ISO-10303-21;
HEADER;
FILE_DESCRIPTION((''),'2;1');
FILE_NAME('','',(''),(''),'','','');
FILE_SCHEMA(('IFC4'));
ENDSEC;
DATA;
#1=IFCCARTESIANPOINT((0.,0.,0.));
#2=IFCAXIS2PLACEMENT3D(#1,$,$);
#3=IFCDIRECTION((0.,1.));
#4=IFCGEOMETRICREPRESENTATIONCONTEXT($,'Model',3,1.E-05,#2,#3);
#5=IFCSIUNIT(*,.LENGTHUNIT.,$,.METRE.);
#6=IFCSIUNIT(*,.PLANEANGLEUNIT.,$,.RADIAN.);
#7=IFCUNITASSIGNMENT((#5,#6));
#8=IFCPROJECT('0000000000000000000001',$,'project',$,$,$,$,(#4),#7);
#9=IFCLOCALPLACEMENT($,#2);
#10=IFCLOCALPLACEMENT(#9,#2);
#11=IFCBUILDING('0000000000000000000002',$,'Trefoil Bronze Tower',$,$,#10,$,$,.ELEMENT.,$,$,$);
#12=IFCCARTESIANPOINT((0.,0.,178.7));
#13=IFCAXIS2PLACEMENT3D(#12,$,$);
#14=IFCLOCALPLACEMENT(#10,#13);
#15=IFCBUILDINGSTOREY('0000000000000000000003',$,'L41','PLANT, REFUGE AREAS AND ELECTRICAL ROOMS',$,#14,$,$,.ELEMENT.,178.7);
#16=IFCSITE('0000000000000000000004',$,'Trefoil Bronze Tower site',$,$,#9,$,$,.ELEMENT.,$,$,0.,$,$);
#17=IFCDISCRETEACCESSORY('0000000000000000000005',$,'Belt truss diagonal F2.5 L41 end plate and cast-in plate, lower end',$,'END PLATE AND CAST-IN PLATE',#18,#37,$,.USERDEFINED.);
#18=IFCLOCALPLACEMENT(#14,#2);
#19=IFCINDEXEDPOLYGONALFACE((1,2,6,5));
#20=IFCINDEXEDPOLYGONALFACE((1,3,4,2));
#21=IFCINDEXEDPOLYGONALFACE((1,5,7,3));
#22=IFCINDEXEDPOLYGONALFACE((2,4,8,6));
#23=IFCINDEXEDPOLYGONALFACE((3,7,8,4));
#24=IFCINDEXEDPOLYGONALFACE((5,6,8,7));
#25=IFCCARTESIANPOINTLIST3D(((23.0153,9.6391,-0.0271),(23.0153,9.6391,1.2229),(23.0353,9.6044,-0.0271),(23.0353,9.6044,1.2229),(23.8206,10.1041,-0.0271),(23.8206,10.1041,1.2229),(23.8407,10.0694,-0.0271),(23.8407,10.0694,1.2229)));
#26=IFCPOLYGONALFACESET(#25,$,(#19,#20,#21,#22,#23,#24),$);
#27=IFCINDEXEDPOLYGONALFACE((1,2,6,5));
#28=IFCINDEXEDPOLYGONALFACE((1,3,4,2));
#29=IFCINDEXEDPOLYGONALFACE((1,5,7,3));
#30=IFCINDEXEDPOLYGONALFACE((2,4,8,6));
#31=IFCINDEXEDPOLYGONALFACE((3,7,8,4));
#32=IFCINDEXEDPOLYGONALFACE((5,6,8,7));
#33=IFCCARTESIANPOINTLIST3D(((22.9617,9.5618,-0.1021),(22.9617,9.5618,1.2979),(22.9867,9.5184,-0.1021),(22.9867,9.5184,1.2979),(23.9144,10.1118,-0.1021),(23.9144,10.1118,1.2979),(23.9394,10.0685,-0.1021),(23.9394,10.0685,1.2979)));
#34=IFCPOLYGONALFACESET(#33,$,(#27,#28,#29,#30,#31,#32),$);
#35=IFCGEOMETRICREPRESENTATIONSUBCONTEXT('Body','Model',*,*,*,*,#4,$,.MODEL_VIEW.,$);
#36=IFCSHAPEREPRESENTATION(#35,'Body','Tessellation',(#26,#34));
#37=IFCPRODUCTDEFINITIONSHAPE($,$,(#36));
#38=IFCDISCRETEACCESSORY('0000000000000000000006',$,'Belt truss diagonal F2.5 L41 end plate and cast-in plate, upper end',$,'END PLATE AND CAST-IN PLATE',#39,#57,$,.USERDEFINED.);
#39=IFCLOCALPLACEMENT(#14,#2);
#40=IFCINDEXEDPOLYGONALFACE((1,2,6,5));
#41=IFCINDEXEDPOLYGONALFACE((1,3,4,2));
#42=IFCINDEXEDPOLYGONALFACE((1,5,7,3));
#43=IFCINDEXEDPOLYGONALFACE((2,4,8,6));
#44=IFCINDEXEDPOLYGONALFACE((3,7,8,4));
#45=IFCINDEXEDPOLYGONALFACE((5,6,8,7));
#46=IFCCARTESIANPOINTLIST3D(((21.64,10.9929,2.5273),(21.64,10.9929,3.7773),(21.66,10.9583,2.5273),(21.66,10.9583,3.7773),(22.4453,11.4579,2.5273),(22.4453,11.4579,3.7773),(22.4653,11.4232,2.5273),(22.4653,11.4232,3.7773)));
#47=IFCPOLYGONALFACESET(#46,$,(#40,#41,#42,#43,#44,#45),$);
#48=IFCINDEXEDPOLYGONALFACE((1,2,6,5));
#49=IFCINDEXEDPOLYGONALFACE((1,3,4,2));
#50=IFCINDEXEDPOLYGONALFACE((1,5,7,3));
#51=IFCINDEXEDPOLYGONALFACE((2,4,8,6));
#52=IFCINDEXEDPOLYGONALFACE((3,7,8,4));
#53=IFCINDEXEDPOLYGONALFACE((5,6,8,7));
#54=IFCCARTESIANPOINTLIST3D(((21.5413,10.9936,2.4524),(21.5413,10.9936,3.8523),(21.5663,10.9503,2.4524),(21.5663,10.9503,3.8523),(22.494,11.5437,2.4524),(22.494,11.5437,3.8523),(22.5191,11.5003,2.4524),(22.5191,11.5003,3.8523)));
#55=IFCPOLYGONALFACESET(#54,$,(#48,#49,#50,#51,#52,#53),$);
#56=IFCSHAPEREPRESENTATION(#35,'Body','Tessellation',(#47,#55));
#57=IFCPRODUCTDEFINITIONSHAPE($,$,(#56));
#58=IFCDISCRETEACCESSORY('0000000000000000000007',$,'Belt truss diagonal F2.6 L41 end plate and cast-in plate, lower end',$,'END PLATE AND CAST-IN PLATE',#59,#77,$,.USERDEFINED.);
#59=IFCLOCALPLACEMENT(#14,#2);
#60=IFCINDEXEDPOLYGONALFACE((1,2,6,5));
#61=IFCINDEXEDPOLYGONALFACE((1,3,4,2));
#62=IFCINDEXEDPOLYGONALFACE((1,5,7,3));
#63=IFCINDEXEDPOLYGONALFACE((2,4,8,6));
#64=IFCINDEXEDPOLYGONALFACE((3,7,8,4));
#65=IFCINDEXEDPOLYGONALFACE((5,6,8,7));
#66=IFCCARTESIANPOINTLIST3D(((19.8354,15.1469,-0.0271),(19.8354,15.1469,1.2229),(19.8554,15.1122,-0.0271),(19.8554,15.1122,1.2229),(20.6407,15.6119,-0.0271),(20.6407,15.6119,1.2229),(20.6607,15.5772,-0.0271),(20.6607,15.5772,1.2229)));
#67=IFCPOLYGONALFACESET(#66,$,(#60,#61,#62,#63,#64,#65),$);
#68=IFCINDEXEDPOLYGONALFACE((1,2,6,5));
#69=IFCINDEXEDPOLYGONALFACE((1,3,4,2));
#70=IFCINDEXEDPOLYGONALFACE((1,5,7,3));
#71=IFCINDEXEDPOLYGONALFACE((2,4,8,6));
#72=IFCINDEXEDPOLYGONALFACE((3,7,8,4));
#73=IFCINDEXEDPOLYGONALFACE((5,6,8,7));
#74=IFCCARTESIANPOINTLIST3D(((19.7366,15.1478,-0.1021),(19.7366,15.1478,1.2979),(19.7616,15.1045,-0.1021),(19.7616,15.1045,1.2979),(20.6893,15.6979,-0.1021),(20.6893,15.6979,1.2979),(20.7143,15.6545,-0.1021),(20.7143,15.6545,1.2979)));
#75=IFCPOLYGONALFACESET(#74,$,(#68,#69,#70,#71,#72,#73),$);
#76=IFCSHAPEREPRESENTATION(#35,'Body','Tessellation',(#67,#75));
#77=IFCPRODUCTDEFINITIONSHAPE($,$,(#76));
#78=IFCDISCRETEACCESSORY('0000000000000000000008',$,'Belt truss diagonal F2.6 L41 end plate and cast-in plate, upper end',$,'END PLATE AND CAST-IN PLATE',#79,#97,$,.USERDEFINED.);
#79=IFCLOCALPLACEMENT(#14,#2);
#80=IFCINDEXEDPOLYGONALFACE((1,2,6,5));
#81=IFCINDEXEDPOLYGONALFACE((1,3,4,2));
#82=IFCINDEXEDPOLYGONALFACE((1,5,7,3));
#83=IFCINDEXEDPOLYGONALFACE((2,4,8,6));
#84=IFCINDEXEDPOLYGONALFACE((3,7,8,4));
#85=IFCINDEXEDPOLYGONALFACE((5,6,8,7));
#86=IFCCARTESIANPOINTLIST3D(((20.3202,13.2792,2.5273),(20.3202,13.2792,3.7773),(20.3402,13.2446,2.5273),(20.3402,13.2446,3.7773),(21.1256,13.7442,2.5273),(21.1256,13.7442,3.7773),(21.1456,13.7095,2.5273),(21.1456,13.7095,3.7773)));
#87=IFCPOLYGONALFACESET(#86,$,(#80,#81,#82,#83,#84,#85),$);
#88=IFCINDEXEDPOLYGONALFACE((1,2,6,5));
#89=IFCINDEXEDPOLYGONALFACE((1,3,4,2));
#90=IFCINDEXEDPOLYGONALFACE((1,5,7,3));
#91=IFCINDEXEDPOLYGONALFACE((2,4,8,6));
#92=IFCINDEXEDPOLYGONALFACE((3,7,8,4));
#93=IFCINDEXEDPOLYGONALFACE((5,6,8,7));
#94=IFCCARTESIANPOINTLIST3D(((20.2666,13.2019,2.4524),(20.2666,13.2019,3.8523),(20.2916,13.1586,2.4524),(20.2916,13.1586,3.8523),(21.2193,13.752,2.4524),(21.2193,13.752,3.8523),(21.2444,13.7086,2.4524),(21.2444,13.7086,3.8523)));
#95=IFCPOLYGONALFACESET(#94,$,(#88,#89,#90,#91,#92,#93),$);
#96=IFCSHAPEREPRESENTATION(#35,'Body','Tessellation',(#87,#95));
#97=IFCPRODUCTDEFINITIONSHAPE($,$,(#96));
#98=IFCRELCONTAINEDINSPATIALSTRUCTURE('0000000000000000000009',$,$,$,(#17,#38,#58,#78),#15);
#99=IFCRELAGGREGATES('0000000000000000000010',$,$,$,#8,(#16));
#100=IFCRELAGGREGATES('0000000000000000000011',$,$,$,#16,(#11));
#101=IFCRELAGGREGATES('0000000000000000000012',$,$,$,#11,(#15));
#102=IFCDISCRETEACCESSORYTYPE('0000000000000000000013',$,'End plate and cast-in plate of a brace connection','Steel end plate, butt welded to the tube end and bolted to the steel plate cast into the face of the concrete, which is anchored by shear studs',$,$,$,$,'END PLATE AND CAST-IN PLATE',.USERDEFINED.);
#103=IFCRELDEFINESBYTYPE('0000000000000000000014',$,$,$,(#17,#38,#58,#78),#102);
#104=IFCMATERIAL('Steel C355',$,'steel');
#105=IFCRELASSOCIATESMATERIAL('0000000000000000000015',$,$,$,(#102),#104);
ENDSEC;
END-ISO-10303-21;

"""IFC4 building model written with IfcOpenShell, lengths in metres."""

from ifc_helpers import new_model, si_unit, direction, frame, origin, origin_2d, place, context, subcontext, project, spatial, rectangle, extrude, material, type_object, element, save


model = new_model("IFC4")

# Units and contexts
model_context = context("Model", 3, precision=1e-05, world=origin(), true_north=direction((0.0, 1.0)))
body_context = subcontext(model_context, "Body", "Model", "MODEL_VIEW")
ifc_project = project(units=[si_unit("LENGTHUNIT", "METRE"), si_unit("PLANEANGLEUNIT", "RADIAN")], contexts=[model_context])

# Site, building, storey
site_placement = place(None, origin())
site = spatial("IfcSite", under=ifc_project, at=site_placement, Name="Trefoil Bronze Tower site", CompositionType="ELEMENT", RefElevation=0.0)
building_placement = place(site_placement, origin())
building = spatial("IfcBuilding", under=site, at=building_placement, Name="Trefoil Bronze Tower", CompositionType="ELEMENT")
storey_placement = place(building_placement, frame((0.0, 0.0, 178.7)))
storey = spatial("IfcBuildingStorey", under=building, at=storey_placement, Name="L41", Description="PLANT, REFUGE AREAS AND ELECTRICAL ROOMS", CompositionType="ELEMENT", Elevation=178.7)

# Discrete accessories
ifc_material_1 = material(Name="Steel C355", Category="steel")
discrete_accessory_type = type_object("IfcDiscreteAccessoryType", Name="End plate and cast-in plate of a brace connection", Description="Steel end plate, butt welded to the tube end and bolted to the steel plate cast into the face of the concrete, which is anchored by shear studs", ElementType="END PLATE AND CAST-IN PLATE", PredefinedType="USERDEFINED", material=ifc_material_1)
discrete_accessory_1_placement = place(storey_placement, frame((23.438, 9.8369, 0.5979), z_axis=(0.0, 0.0, 1.0), x_axis=(-0.5, 0.866025, 0.0)))
element("IfcDiscreteAccessory", 1, at=discrete_accessory_1_placement, inside=storey, type_object=discrete_accessory_type, Name="Belt truss diagonal F2.5 L41 end plate and cast-in plate, lower end", ObjectType="END PLATE AND CAST-IN PLATE", PredefinedType="USERDEFINED", context=body_context, shape_type="SweptSolid", body=[
    extrude(rectangle(XDim=0.04, YDim=0.9299, at=origin_2d()), frame((0.02, 0.0, -0.625)), (0.0, 0.0, 1.0), 1.25),
    extrude(rectangle(XDim=0.05, YDim=1.1001, at=origin_2d()), frame((-0.0251, 0.0, -0.7)), (0.0, 0.0, 1.0), 1.3999),
])
discrete_accessory_2_placement = place(storey_placement, frame((22.043, 11.2253, 3.1523), z_axis=(0.0, 0.0, 1.0), x_axis=(0.5, -0.866025, 0.0)))
element("IfcDiscreteAccessory", 2, at=discrete_accessory_2_placement, inside=storey, type_object=discrete_accessory_type, Name="Belt truss diagonal F2.5 L41 end plate and cast-in plate, upper end", ObjectType="END PLATE AND CAST-IN PLATE", PredefinedType="USERDEFINED", context=body_context, shape_type="SweptSolid", body=[
    extrude(rectangle(XDim=0.04, YDim=0.9299, at=origin_2d()), frame((0.0198, -0.0002, -0.625)), (0.0, 0.0, 1.0), 1.25),
    extrude(rectangle(XDim=0.05, YDim=1.1001, at=origin_2d()), frame((-0.0251, -0.0002, -0.7)), (0.0, 0.0, 1.0), 1.3999),
])
for number, where, z_axis, x_axis, name in (
    (3, (20.238, 15.3794, 0.5979), (0.0, 0.0, 1.0), (0.5, -0.866025, 0.0), "Belt truss diagonal F2.6 L41 end plate and cast-in plate, lower end"),
    (4, (20.7429, 13.4771, 3.1523), (0.0, 0.0, 1.0), (-0.5, 0.866025, 0.0), "Belt truss diagonal F2.6 L41 end plate and cast-in plate, upper end"),
):
    element("IfcDiscreteAccessory", number, at=place(storey_placement, frame(where, z_axis=z_axis, x_axis=x_axis)), inside=storey, type_object=discrete_accessory_type, Name=name, ObjectType="END PLATE AND CAST-IN PLATE", PredefinedType="USERDEFINED", context=body_context, shape_type="SweptSolid", body=[
        extrude(rectangle(XDim=0.04, YDim=0.9299, at=origin_2d()), frame((0.02, 0.0, -0.625)), (0.0, 0.0, 1.0), 1.25),
        extrude(rectangle(XDim=0.05, YDim=1.1001, at=origin_2d()), frame((-0.0251, 0.0, -0.7)), (0.0, 0.0, 1.0), 1.3999),
    ])

save(model, "model.ifc")
